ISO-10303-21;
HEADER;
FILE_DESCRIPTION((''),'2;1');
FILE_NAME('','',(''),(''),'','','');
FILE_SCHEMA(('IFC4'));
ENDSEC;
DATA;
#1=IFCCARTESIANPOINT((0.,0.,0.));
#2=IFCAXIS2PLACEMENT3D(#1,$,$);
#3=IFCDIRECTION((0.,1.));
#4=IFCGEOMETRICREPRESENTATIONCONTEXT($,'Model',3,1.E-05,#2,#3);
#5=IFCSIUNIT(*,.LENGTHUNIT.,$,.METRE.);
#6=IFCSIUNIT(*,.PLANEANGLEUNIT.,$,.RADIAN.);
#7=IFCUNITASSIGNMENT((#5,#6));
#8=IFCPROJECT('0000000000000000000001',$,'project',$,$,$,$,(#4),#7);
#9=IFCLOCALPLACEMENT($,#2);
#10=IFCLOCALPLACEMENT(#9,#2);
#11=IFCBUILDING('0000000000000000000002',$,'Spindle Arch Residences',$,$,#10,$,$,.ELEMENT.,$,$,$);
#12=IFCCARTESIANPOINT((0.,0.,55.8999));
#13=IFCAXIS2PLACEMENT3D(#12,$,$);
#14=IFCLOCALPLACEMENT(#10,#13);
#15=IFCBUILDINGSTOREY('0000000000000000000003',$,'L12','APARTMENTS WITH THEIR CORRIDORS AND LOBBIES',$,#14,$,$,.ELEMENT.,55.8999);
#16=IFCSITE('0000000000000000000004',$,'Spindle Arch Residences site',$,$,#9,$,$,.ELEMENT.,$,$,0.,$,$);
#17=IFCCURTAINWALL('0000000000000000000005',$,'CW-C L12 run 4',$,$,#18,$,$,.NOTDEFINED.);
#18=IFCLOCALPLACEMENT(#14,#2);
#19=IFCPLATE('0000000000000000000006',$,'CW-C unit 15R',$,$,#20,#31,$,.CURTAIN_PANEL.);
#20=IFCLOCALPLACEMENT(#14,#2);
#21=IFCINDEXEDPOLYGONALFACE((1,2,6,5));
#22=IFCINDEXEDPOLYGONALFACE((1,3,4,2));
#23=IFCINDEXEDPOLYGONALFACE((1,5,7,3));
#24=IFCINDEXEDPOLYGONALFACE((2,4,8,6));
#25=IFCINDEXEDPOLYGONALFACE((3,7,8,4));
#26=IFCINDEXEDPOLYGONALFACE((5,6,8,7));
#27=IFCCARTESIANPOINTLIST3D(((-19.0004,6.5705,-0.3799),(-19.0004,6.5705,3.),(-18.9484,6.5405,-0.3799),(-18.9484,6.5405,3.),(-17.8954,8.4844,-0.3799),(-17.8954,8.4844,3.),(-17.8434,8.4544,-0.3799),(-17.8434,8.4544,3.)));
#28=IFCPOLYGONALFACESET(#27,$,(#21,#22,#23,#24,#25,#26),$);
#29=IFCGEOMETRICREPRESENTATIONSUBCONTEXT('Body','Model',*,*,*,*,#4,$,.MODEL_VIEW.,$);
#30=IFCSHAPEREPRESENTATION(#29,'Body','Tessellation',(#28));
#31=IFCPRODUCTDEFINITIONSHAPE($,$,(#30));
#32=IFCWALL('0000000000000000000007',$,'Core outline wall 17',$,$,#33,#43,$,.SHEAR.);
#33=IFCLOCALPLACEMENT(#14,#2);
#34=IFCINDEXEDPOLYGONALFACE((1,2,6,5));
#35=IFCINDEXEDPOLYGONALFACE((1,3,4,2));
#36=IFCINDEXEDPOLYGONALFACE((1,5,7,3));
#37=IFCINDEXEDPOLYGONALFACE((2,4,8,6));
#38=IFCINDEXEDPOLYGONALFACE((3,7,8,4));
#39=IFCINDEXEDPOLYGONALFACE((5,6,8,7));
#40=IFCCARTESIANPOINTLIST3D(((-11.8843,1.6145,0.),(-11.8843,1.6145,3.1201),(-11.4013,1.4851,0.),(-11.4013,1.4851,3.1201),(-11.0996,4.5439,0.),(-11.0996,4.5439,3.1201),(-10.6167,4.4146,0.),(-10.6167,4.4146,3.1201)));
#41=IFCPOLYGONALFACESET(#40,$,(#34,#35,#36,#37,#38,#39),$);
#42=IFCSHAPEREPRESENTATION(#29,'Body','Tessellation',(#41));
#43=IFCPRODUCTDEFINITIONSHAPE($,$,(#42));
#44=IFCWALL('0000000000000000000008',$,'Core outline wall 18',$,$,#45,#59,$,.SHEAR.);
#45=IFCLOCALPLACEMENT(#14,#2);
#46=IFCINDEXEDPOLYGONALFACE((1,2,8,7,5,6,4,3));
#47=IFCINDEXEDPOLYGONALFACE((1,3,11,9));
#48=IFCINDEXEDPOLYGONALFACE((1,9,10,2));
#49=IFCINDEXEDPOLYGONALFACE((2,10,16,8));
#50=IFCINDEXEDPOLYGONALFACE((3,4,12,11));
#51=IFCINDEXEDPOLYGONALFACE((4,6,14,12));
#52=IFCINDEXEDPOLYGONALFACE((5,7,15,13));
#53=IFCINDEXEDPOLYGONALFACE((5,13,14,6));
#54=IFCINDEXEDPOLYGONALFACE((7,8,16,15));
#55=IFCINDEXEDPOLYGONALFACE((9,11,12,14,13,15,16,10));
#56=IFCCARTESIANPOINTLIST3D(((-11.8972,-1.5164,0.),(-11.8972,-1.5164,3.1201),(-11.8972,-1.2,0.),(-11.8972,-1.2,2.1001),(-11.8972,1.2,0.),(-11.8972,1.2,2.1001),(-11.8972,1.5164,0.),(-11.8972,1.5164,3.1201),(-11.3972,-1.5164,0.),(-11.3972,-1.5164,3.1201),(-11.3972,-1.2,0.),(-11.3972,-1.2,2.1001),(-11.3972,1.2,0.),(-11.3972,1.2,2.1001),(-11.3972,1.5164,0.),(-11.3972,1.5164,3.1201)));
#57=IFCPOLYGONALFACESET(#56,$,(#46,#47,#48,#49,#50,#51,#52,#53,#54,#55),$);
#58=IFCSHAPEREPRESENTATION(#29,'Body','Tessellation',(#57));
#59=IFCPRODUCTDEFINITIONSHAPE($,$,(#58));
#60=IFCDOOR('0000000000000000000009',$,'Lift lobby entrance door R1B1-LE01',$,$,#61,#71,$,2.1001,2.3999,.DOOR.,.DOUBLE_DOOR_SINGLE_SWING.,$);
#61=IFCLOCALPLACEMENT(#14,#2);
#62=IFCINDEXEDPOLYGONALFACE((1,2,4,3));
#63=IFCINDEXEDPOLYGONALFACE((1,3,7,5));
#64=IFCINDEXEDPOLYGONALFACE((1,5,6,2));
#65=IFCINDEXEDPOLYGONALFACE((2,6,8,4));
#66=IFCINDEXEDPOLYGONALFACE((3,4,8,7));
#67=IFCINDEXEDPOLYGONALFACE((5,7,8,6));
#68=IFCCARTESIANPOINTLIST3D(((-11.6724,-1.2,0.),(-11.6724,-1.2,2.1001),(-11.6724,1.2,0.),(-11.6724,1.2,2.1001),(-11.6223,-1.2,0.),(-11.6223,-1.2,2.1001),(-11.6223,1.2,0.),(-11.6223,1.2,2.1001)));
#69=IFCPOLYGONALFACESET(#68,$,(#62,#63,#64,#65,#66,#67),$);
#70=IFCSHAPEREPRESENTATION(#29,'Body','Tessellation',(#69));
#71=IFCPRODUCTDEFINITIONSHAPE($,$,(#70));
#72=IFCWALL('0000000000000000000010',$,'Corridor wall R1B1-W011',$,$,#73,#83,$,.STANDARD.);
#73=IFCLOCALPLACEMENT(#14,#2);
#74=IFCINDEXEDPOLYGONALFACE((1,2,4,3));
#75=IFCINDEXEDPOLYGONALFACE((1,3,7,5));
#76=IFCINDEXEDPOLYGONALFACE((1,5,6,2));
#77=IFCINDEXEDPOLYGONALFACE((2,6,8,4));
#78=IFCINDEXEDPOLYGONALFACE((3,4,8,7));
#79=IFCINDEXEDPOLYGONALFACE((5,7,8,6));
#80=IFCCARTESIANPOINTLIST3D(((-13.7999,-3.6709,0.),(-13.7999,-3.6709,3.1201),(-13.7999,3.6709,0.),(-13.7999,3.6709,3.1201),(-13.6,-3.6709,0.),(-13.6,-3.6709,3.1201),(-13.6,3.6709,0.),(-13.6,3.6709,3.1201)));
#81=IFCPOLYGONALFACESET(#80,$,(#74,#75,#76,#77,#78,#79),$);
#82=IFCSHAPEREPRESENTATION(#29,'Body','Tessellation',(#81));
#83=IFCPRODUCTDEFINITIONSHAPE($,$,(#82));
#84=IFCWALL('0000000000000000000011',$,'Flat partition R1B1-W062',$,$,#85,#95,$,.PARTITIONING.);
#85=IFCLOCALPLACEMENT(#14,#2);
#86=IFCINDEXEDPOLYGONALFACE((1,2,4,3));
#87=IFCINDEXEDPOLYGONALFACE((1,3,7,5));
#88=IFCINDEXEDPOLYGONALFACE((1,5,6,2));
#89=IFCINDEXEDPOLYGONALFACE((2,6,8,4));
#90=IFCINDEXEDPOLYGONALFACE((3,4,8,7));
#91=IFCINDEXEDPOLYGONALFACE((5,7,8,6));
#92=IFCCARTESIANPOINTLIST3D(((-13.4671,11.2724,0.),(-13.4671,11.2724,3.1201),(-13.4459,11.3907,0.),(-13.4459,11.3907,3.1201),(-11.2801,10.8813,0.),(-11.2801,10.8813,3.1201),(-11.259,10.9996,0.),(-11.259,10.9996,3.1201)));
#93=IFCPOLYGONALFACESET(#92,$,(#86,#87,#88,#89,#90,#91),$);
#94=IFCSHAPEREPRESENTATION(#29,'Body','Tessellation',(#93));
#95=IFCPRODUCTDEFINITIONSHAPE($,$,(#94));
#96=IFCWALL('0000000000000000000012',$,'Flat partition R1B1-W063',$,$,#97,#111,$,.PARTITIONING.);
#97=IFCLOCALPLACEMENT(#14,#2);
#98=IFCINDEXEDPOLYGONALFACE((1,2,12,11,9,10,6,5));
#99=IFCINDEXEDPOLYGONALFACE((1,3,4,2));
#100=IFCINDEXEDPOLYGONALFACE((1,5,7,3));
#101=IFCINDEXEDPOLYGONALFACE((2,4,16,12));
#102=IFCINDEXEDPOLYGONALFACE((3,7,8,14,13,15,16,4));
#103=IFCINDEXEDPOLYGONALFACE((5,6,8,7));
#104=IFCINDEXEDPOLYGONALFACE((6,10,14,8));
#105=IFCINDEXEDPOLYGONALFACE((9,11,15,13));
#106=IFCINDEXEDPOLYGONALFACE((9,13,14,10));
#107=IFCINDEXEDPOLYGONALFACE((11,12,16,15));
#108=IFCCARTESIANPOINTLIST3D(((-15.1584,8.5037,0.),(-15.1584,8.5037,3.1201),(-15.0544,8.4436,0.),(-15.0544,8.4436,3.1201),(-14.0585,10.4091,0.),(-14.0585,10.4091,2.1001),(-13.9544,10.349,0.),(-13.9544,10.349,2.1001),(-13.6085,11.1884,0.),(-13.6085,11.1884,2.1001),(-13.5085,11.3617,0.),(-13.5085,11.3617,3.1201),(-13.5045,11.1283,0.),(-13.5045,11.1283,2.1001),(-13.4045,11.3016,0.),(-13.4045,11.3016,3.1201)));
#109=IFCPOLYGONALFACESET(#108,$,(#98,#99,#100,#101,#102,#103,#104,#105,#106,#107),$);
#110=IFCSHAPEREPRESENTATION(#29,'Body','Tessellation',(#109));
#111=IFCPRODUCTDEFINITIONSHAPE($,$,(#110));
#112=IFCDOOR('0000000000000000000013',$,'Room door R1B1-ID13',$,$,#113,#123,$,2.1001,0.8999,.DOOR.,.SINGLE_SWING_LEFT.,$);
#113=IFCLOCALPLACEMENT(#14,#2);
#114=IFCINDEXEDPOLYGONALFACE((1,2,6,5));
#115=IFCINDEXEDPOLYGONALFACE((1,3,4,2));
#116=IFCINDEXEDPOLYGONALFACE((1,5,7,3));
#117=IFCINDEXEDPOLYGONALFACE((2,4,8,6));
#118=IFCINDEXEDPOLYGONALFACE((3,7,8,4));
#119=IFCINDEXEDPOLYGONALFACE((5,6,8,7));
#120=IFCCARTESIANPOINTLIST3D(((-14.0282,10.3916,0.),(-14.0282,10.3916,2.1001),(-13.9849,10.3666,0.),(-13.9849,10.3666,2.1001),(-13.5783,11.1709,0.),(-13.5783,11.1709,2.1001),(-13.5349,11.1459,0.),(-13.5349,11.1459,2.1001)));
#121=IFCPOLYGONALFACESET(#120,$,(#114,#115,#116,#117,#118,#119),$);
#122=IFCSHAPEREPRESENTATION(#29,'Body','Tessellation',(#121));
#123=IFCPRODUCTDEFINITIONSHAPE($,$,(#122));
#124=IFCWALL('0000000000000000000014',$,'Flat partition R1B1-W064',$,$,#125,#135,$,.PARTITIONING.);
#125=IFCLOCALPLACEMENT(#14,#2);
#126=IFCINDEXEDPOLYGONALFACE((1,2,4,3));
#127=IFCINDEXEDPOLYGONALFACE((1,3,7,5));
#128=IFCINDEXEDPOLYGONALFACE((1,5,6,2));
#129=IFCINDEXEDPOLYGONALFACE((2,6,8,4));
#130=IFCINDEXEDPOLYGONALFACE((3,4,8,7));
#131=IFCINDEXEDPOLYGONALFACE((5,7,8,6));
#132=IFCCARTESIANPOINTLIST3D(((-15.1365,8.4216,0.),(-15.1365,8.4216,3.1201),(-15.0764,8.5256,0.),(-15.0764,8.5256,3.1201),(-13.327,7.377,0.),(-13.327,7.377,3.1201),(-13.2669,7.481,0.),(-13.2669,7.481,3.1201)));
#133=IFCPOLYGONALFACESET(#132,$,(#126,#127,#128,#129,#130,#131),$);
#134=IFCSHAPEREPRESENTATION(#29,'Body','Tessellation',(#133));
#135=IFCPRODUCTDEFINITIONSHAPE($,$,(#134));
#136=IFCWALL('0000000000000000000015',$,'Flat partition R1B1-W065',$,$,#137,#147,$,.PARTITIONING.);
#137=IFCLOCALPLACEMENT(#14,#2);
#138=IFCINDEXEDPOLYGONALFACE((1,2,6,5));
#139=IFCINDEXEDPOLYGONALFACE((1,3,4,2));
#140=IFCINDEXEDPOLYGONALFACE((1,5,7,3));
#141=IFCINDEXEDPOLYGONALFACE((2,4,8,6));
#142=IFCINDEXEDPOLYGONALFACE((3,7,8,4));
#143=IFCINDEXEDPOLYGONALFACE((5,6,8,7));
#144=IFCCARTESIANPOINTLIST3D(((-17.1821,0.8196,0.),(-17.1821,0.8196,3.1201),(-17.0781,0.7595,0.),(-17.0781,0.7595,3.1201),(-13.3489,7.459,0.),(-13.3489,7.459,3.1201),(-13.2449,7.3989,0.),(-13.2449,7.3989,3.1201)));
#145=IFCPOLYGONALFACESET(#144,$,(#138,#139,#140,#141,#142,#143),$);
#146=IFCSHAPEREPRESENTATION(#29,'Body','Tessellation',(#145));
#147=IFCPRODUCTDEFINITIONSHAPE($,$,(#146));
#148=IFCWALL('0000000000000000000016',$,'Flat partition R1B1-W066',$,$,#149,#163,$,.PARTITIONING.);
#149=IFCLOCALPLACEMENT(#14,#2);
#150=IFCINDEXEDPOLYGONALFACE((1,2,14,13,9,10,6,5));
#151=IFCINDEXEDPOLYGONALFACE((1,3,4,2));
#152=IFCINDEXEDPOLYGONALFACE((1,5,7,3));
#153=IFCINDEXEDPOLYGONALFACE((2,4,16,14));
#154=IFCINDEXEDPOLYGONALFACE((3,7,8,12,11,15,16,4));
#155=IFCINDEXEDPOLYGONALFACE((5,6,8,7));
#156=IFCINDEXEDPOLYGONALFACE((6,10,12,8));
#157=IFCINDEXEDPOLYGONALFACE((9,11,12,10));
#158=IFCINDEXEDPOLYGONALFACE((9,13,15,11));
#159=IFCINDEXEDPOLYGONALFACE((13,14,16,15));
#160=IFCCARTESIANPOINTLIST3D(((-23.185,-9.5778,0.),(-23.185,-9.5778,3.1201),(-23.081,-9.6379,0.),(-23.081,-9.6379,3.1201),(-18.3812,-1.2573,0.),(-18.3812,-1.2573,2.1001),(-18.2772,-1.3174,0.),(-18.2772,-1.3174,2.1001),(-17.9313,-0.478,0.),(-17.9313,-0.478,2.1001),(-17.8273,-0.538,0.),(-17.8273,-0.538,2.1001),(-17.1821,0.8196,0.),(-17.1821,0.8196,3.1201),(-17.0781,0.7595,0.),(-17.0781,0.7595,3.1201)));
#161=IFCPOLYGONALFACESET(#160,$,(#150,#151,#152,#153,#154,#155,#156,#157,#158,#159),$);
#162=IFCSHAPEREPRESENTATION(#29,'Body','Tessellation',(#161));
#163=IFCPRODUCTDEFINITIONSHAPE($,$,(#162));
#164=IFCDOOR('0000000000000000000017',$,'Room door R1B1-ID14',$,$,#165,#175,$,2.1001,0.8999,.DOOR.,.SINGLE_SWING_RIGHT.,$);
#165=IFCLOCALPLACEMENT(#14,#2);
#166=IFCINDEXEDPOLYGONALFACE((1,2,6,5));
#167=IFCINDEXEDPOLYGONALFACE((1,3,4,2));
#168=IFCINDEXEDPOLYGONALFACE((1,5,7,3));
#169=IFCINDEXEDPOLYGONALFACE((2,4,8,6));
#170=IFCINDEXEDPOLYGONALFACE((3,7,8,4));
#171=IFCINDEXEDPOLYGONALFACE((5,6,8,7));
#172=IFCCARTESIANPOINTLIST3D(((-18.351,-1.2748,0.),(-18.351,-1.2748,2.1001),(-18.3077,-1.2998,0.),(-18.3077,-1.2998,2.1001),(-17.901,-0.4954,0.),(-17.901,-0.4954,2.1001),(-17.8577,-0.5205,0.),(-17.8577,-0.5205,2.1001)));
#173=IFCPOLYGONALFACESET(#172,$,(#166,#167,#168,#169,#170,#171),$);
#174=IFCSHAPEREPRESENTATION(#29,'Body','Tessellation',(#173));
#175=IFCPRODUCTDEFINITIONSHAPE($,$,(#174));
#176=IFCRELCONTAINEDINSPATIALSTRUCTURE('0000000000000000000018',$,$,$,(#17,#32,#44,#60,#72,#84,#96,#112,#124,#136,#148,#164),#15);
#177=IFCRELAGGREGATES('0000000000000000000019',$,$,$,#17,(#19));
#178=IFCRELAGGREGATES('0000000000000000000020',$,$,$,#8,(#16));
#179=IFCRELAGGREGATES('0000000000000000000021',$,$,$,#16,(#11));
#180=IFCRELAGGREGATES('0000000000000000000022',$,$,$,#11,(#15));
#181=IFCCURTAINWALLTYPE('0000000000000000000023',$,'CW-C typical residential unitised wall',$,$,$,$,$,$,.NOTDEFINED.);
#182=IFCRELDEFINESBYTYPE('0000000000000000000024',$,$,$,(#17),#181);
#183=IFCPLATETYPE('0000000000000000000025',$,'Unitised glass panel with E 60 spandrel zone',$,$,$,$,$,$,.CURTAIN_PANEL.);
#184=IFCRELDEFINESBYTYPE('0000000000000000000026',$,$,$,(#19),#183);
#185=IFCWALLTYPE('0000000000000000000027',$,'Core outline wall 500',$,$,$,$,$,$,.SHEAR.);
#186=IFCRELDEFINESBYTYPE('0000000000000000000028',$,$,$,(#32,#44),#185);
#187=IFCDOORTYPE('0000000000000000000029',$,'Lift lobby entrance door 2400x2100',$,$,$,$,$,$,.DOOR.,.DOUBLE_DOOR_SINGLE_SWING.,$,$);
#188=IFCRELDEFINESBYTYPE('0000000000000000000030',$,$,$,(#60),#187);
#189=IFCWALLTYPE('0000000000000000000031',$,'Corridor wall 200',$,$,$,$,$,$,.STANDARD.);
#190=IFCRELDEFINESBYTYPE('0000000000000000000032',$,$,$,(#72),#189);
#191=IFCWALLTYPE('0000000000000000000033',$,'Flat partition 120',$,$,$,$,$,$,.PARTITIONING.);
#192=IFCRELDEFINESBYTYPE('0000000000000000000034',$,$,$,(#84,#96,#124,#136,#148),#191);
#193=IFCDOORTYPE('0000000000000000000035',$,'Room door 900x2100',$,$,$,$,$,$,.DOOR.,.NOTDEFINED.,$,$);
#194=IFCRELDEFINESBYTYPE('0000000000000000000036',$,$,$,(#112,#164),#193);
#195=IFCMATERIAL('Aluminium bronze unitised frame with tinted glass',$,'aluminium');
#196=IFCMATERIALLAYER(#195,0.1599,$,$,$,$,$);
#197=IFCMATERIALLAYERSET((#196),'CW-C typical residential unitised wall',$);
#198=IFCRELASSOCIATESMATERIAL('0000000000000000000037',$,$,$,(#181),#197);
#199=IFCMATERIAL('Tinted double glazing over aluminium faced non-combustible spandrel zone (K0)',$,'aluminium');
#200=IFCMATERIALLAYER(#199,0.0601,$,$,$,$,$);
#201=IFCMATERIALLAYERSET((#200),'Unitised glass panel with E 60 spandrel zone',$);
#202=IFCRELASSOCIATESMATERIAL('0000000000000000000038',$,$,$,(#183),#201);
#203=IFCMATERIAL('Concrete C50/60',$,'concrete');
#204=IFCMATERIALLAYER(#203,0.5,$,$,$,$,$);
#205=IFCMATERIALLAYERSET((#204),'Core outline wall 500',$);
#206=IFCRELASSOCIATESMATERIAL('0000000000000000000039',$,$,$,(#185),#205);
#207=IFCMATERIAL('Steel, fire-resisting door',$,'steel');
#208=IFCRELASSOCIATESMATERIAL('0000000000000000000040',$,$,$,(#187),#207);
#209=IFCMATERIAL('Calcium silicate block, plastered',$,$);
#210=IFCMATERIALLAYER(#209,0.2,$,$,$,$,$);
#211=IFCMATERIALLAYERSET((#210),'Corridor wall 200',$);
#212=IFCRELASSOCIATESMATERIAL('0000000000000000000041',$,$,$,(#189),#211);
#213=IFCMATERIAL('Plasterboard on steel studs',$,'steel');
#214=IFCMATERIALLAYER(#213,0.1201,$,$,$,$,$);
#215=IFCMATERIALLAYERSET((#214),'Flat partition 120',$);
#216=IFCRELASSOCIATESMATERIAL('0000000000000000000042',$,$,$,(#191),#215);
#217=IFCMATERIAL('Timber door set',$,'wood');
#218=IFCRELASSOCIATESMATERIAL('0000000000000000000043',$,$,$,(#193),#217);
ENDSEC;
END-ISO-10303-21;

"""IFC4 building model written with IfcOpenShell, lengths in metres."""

from ifc_helpers import new_model, si_unit, direction, frame, frame_2d, origin, origin_2d, place, context, subcontext, project, spatial, rectangle, extrude, material, layer, layer_set, type_object, element, fill, aggregate, save


model = new_model("IFC4")

# Units and contexts
model_context = context("Model", 3, precision=1e-05, world=origin(), true_north=direction((0.0, 1.0)))
body_context = subcontext(model_context, "Body", "Model", "MODEL_VIEW")
ifc_project = project(units=[si_unit("LENGTHUNIT", "METRE"), si_unit("PLANEANGLEUNIT", "RADIAN")], contexts=[model_context])

# Site, building, storey
site_placement = place(None, origin())
site = spatial("IfcSite", under=ifc_project, at=site_placement, Name="Spindle Arch Residences site", CompositionType="ELEMENT", RefElevation=0.0)
building_placement = place(site_placement, origin())
building = spatial("IfcBuilding", under=site, at=building_placement, Name="Spindle Arch Residences", CompositionType="ELEMENT")
storey_placement = place(building_placement, frame((0.0, 0.0, 55.8999)))
storey = spatial("IfcBuildingStorey", under=building, at=storey_placement, Name="L12", Description="APARTMENTS WITH THEIR CORRIDORS AND LOBBIES", CompositionType="ELEMENT", Elevation=55.8999)

# Curtain wall, plate
ifc_material_1 = material(Name="Aluminium bronze unitised frame with tinted glass", Category="aluminium")
ifc_layer_1 = layer(ifc_material_1, 0.1599)
ifc_layer_set_1 = layer_set([ifc_layer_1], Name="CW-C typical residential unitised wall")
curtain_wall_type = type_object("IfcCurtainWallType", Name="CW-C typical residential unitised wall", PredefinedType="NOTDEFINED", material=ifc_layer_set_1)
curtain_wall_placement = place(storey_placement, origin())
curtain_wall = element("IfcCurtainWall", 1, at=curtain_wall_placement, inside=storey, type_object=curtain_wall_type, Name="CW-C L12 run 4", PredefinedType="NOTDEFINED")
ifc_material_2 = material(Name="Tinted double glazing over aluminium faced non-combustible spandrel zone (K0)", Category="aluminium")
ifc_layer_2 = layer(ifc_material_2, 0.0601)
ifc_layer_set_2 = layer_set([ifc_layer_2], Name="Unitised glass panel with E 60 spandrel zone")
plate_type = type_object("IfcPlateType", Name="Unitised glass panel with E 60 spandrel zone", PredefinedType="CURTAIN_PANEL", material=ifc_layer_set_2)
plate_placement = place(storey_placement, frame((-18.4219, 7.5125, -0.3799), z_axis=(0.0, 0.0, 1.0), x_axis=(-0.5, -0.866025, 0.0)))
plate = element("IfcPlate", 2, at=plate_placement, type_object=plate_type, Name="CW-C unit 15R", PredefinedType="CURTAIN_PANEL", context=body_context, shape_type="SweptSolid", body=[
    extrude(rectangle(XDim=2.21, YDim=0.0601, at=origin_2d()), origin(), (0.0, 0.0, 1.0), 3.3799),
])
aggregate(curtain_wall, [plate])

# Wall
ifc_material_3 = material(Name="Concrete C50/60", Category="concrete")
ifc_layer_3 = layer(ifc_material_3, 0.5)
ifc_layer_set_3 = layer_set([ifc_layer_3], Name="Core outline wall 500")
wall_type_1 = type_object("IfcWallType", Name="Core outline wall 500", PredefinedType="SHEAR", material=ifc_layer_set_3)
wall_1_placement = place(storey_placement, frame((-10.8582, 4.4792, 0.0), z_axis=(0.0, 0.0, 1.0), x_axis=(-0.258735, -0.965948, 0.0)))
element("IfcWall", 3, at=wall_1_placement, inside=storey, type_object=wall_type_1, Name="Core outline wall 17", PredefinedType="SHEAR", context=body_context, shape_type="SweptSolid", body=[
    extrude(rectangle(XDim=3.0327, YDim=0.5, at=frame_2d((1.5164, 0.0))), origin(), (0.0, 0.0, 1.0), 3.1201),
])

# Wall, opening, door
wall_2_placement = place(storey_placement, frame((-11.6472, 1.5164, 0.0), z_axis=(0.0, 0.0, 1.0), x_axis=(0.0, -1.0, 0.0)))
wall_2 = element("IfcWall", 4, at=wall_2_placement, inside=storey, type_object=wall_type_1, Name="Core outline wall 18", PredefinedType="SHEAR", context=body_context, shape_type="SweptSolid", body=[
    extrude(rectangle(XDim=3.0327, YDim=0.5, at=frame_2d((1.5164, 0.0))), origin(), (0.0, 0.0, 1.0), 3.1201),
])
opening_1_placement = place(wall_2_placement, frame((0.3164, 0.0, 0.0)))
opening_1 = element("IfcOpeningElement", 5, at=opening_1_placement, cuts=wall_2, PredefinedType="OPENING", context=body_context, shape_type="SweptSolid", body=[
    extrude(rectangle(XDim=2.3999, YDim=2.1001, at=frame_2d((1.2, 1.05))), frame((0.0, 0.26, 0.0), z_axis=(0.0, -1.0, 0.0), x_axis=(1.0, 0.0, 0.0)), (0.0, 0.0, 1.0), 0.52),
])
ifc_material_4 = material(Name="Steel, fire-resisting door", Category="steel")
door_type_1 = type_object("IfcDoorType", Name="Lift lobby entrance door 2400x2100", OperationType="DOUBLE_DOOR_SINGLE_SWING", PredefinedType="DOOR", material=ifc_material_4)
door_1_placement = place(opening_1_placement, origin())
door_1 = element("IfcDoor", 6, at=door_1_placement, inside=storey, type_object=door_type_1, Name="Lift lobby entrance door R1B1-LE01", OperationType="DOUBLE_DOOR_SINGLE_SWING", OverallHeight=2.1001, OverallWidth=2.3999, PredefinedType="DOOR", context=body_context, shape_type="SweptSolid", body=[
    extrude(rectangle(XDim=2.3999, YDim=2.1001, at=frame_2d((1.2, 1.05))), frame((0.0, 0.0249, 0.0), z_axis=(0.0, -1.0, 0.0), x_axis=(1.0, 0.0, 0.0)), (0.0, 0.0, 1.0), 0.05),
])
fill(opening_1, door_1)

# Walls
ifc_material_5 = material(Name="Calcium silicate block, plastered")
ifc_layer_4 = layer(ifc_material_5, 0.2)
ifc_layer_set_4 = layer_set([ifc_layer_4], Name="Corridor wall 200")
wall_type_2 = type_object("IfcWallType", Name="Corridor wall 200", PredefinedType="STANDARD", material=ifc_layer_set_4)
wall_3_placement = place(storey_placement, frame((-13.7, 3.6709, 0.0), z_axis=(0.0, 0.0, 1.0), x_axis=(0.0, -1.0, 0.0)))
element("IfcWall", 7, at=wall_3_placement, inside=storey, type_object=wall_type_2, Name="Corridor wall R1B1-W011", PredefinedType="STANDARD", context=body_context, shape_type="SweptSolid", body=[
    extrude(rectangle(XDim=7.3418, YDim=0.2, at=frame_2d((3.6709, 0.0))), origin(), (0.0, 0.0, 1.0), 3.1201),
])
ifc_material_6 = material(Name="Plasterboard on steel studs", Category="steel")
ifc_layer_5 = layer(ifc_material_6, 0.1201)
ifc_layer_set_5 = layer_set([ifc_layer_5], Name="Flat partition 120")
wall_type_3 = type_object("IfcWallType", Name="Flat partition 120", PredefinedType="PARTITIONING", material=ifc_layer_set_5)
wall_4_placement = place(storey_placement, frame((-11.2695, 10.9404, 0.0), z_axis=(0.0, 0.0, 1.0), x_axis=(-0.984383, 0.176042, 0.0)))
element("IfcWall", 8, at=wall_4_placement, inside=storey, type_object=wall_type_3, Name="Flat partition R1B1-W062", PredefinedType="PARTITIONING", context=body_context, shape_type="SweptSolid", body=[
    extrude(rectangle(XDim=2.2217, YDim=0.1201, at=frame_2d((1.1108, 0.0))), origin(), (0.0, 0.0, 1.0), 3.1201),
])

# Wall, opening, door
wall_5_placement = place(storey_placement, frame((-13.4565, 11.3315, 0.0), z_axis=(0.0, 0.0, 1.0), x_axis=(-0.499974, -0.86604, 0.0)))
wall_5 = element("IfcWall", 9, at=wall_5_placement, inside=storey, type_object=wall_type_3, Name="Flat partition R1B1-W063", PredefinedType="PARTITIONING", context=body_context, shape_type="SweptSolid", body=[
    extrude(rectangle(XDim=3.3, YDim=0.1201, at=frame_2d((1.6499, 0.0))), origin(), (0.0, 0.0, 1.0), 3.1201),
])
opening_2_placement = place(wall_5_placement, frame((0.2, 0.0, 0.0)))
opening_2 = element("IfcOpeningElement", 10, at=opening_2_placement, cuts=wall_5, PredefinedType="OPENING", context=body_context, shape_type="SweptSolid", body=[
    extrude(rectangle(XDim=0.8999, YDim=2.1001, at=frame_2d((0.45, 1.05))), frame((0.0, 0.0701, 0.0), z_axis=(0.0, -1.0, 0.0), x_axis=(1.0, 0.0, 0.0)), (0.0, 0.0, 1.0), 0.1401),
])
ifc_material_7 = material(Name="Timber door set", Category="wood")
door_type_2 = type_object("IfcDoorType", Name="Room door 900x2100", OperationType="NOTDEFINED", PredefinedType="DOOR", material=ifc_material_7)
door_2_placement = place(opening_2_placement, origin())
door_2 = element("IfcDoor", 11, at=door_2_placement, inside=storey, type_object=door_type_2, Name="Room door R1B1-ID13", OperationType="SINGLE_SWING_LEFT", OverallHeight=2.1001, OverallWidth=0.8999, PredefinedType="DOOR", context=body_context, shape_type="SweptSolid", body=[
    extrude(rectangle(XDim=0.8999, YDim=2.1001, at=frame_2d((0.45, 1.05))), frame((0.0, 0.0249, 0.0), z_axis=(0.0, -1.0, 0.0), x_axis=(1.0, 0.0, 0.0)), (0.0, 0.0, 1.0), 0.05),
])
fill(opening_2, door_2)

# Walls
wall_6_placement = place(storey_placement, frame((-15.1064, 8.4736, 0.0), z_axis=(0.0, 0.0, 1.0), x_axis=(0.866042, -0.499972, 0.0)))
element("IfcWall", 12, at=wall_6_placement, inside=storey, type_object=wall_type_3, Name="Flat partition R1B1-W064", PredefinedType="PARTITIONING", context=body_context, shape_type="SweptSolid", body=[
    extrude(rectangle(XDim=2.0894, YDim=0.1201, at=frame_2d((1.0447, 0.0))), origin(), (0.0, 0.0, 1.0), 3.1201),
])
wall_7_placement = place(storey_placement, frame((-13.2969, 7.429, 0.0), z_axis=(0.0, 0.0, 1.0), x_axis=(-0.499999, -0.866026, 0.0)))
element("IfcWall", 13, at=wall_7_placement, inside=storey, type_object=wall_type_3, Name="Flat partition R1B1-W065", PredefinedType="PARTITIONING", context=body_context, shape_type="SweptSolid", body=[
    extrude(rectangle(XDim=7.6665, YDim=0.1201, at=frame_2d((3.8333, 0.0))), origin(), (0.0, 0.0, 1.0), 3.1201),
])

# Wall, opening, door
wall_8_placement = place(storey_placement, frame((-17.1301, 0.7896, 0.0), z_axis=(0.0, 0.0, 1.0), x_axis=(-0.499997, -0.866027, 0.0)))
wall_8 = element("IfcWall", 14, at=wall_8_placement, inside=storey, type_object=wall_type_3, Name="Flat partition R1B1-W066", PredefinedType="PARTITIONING", context=body_context, shape_type="SweptSolid", body=[
    extrude(rectangle(XDim=12.0059, YDim=0.1201, at=frame_2d((6.0029, 0.0))), origin(), (0.0, 0.0, 1.0), 3.1201),
])
opening_3_placement = place(wall_8_placement, frame((1.4983, 0.0, 0.0)))
opening_3 = element("IfcOpeningElement", 15, at=opening_3_placement, cuts=wall_8, PredefinedType="OPENING", context=body_context, shape_type="SweptSolid", body=[
    extrude(rectangle(XDim=0.8999, YDim=2.1001, at=frame_2d((0.45, 1.05))), frame((0.0, 0.0701, 0.0), z_axis=(0.0, -1.0, 0.0), x_axis=(1.0, 0.0, 0.0)), (0.0, 0.0, 1.0), 0.1401),
])
door_3_placement = place(opening_3_placement, origin())
door_3 = element("IfcDoor", 16, at=door_3_placement, inside=storey, type_object=door_type_2, Name="Room door R1B1-ID14", OperationType="SINGLE_SWING_RIGHT", OverallHeight=2.1001, OverallWidth=0.8999, PredefinedType="DOOR", context=body_context, shape_type="SweptSolid", body=[
    extrude(rectangle(XDim=0.8999, YDim=2.1001, at=frame_2d((0.45, 1.05))), frame((0.0, 0.0249, 0.0), z_axis=(0.0, -1.0, 0.0), x_axis=(1.0, 0.0, 0.0)), (0.0, 0.0, 1.0), 0.05),
])
fill(opening_3, door_3)

save(model, "model.ifc")
